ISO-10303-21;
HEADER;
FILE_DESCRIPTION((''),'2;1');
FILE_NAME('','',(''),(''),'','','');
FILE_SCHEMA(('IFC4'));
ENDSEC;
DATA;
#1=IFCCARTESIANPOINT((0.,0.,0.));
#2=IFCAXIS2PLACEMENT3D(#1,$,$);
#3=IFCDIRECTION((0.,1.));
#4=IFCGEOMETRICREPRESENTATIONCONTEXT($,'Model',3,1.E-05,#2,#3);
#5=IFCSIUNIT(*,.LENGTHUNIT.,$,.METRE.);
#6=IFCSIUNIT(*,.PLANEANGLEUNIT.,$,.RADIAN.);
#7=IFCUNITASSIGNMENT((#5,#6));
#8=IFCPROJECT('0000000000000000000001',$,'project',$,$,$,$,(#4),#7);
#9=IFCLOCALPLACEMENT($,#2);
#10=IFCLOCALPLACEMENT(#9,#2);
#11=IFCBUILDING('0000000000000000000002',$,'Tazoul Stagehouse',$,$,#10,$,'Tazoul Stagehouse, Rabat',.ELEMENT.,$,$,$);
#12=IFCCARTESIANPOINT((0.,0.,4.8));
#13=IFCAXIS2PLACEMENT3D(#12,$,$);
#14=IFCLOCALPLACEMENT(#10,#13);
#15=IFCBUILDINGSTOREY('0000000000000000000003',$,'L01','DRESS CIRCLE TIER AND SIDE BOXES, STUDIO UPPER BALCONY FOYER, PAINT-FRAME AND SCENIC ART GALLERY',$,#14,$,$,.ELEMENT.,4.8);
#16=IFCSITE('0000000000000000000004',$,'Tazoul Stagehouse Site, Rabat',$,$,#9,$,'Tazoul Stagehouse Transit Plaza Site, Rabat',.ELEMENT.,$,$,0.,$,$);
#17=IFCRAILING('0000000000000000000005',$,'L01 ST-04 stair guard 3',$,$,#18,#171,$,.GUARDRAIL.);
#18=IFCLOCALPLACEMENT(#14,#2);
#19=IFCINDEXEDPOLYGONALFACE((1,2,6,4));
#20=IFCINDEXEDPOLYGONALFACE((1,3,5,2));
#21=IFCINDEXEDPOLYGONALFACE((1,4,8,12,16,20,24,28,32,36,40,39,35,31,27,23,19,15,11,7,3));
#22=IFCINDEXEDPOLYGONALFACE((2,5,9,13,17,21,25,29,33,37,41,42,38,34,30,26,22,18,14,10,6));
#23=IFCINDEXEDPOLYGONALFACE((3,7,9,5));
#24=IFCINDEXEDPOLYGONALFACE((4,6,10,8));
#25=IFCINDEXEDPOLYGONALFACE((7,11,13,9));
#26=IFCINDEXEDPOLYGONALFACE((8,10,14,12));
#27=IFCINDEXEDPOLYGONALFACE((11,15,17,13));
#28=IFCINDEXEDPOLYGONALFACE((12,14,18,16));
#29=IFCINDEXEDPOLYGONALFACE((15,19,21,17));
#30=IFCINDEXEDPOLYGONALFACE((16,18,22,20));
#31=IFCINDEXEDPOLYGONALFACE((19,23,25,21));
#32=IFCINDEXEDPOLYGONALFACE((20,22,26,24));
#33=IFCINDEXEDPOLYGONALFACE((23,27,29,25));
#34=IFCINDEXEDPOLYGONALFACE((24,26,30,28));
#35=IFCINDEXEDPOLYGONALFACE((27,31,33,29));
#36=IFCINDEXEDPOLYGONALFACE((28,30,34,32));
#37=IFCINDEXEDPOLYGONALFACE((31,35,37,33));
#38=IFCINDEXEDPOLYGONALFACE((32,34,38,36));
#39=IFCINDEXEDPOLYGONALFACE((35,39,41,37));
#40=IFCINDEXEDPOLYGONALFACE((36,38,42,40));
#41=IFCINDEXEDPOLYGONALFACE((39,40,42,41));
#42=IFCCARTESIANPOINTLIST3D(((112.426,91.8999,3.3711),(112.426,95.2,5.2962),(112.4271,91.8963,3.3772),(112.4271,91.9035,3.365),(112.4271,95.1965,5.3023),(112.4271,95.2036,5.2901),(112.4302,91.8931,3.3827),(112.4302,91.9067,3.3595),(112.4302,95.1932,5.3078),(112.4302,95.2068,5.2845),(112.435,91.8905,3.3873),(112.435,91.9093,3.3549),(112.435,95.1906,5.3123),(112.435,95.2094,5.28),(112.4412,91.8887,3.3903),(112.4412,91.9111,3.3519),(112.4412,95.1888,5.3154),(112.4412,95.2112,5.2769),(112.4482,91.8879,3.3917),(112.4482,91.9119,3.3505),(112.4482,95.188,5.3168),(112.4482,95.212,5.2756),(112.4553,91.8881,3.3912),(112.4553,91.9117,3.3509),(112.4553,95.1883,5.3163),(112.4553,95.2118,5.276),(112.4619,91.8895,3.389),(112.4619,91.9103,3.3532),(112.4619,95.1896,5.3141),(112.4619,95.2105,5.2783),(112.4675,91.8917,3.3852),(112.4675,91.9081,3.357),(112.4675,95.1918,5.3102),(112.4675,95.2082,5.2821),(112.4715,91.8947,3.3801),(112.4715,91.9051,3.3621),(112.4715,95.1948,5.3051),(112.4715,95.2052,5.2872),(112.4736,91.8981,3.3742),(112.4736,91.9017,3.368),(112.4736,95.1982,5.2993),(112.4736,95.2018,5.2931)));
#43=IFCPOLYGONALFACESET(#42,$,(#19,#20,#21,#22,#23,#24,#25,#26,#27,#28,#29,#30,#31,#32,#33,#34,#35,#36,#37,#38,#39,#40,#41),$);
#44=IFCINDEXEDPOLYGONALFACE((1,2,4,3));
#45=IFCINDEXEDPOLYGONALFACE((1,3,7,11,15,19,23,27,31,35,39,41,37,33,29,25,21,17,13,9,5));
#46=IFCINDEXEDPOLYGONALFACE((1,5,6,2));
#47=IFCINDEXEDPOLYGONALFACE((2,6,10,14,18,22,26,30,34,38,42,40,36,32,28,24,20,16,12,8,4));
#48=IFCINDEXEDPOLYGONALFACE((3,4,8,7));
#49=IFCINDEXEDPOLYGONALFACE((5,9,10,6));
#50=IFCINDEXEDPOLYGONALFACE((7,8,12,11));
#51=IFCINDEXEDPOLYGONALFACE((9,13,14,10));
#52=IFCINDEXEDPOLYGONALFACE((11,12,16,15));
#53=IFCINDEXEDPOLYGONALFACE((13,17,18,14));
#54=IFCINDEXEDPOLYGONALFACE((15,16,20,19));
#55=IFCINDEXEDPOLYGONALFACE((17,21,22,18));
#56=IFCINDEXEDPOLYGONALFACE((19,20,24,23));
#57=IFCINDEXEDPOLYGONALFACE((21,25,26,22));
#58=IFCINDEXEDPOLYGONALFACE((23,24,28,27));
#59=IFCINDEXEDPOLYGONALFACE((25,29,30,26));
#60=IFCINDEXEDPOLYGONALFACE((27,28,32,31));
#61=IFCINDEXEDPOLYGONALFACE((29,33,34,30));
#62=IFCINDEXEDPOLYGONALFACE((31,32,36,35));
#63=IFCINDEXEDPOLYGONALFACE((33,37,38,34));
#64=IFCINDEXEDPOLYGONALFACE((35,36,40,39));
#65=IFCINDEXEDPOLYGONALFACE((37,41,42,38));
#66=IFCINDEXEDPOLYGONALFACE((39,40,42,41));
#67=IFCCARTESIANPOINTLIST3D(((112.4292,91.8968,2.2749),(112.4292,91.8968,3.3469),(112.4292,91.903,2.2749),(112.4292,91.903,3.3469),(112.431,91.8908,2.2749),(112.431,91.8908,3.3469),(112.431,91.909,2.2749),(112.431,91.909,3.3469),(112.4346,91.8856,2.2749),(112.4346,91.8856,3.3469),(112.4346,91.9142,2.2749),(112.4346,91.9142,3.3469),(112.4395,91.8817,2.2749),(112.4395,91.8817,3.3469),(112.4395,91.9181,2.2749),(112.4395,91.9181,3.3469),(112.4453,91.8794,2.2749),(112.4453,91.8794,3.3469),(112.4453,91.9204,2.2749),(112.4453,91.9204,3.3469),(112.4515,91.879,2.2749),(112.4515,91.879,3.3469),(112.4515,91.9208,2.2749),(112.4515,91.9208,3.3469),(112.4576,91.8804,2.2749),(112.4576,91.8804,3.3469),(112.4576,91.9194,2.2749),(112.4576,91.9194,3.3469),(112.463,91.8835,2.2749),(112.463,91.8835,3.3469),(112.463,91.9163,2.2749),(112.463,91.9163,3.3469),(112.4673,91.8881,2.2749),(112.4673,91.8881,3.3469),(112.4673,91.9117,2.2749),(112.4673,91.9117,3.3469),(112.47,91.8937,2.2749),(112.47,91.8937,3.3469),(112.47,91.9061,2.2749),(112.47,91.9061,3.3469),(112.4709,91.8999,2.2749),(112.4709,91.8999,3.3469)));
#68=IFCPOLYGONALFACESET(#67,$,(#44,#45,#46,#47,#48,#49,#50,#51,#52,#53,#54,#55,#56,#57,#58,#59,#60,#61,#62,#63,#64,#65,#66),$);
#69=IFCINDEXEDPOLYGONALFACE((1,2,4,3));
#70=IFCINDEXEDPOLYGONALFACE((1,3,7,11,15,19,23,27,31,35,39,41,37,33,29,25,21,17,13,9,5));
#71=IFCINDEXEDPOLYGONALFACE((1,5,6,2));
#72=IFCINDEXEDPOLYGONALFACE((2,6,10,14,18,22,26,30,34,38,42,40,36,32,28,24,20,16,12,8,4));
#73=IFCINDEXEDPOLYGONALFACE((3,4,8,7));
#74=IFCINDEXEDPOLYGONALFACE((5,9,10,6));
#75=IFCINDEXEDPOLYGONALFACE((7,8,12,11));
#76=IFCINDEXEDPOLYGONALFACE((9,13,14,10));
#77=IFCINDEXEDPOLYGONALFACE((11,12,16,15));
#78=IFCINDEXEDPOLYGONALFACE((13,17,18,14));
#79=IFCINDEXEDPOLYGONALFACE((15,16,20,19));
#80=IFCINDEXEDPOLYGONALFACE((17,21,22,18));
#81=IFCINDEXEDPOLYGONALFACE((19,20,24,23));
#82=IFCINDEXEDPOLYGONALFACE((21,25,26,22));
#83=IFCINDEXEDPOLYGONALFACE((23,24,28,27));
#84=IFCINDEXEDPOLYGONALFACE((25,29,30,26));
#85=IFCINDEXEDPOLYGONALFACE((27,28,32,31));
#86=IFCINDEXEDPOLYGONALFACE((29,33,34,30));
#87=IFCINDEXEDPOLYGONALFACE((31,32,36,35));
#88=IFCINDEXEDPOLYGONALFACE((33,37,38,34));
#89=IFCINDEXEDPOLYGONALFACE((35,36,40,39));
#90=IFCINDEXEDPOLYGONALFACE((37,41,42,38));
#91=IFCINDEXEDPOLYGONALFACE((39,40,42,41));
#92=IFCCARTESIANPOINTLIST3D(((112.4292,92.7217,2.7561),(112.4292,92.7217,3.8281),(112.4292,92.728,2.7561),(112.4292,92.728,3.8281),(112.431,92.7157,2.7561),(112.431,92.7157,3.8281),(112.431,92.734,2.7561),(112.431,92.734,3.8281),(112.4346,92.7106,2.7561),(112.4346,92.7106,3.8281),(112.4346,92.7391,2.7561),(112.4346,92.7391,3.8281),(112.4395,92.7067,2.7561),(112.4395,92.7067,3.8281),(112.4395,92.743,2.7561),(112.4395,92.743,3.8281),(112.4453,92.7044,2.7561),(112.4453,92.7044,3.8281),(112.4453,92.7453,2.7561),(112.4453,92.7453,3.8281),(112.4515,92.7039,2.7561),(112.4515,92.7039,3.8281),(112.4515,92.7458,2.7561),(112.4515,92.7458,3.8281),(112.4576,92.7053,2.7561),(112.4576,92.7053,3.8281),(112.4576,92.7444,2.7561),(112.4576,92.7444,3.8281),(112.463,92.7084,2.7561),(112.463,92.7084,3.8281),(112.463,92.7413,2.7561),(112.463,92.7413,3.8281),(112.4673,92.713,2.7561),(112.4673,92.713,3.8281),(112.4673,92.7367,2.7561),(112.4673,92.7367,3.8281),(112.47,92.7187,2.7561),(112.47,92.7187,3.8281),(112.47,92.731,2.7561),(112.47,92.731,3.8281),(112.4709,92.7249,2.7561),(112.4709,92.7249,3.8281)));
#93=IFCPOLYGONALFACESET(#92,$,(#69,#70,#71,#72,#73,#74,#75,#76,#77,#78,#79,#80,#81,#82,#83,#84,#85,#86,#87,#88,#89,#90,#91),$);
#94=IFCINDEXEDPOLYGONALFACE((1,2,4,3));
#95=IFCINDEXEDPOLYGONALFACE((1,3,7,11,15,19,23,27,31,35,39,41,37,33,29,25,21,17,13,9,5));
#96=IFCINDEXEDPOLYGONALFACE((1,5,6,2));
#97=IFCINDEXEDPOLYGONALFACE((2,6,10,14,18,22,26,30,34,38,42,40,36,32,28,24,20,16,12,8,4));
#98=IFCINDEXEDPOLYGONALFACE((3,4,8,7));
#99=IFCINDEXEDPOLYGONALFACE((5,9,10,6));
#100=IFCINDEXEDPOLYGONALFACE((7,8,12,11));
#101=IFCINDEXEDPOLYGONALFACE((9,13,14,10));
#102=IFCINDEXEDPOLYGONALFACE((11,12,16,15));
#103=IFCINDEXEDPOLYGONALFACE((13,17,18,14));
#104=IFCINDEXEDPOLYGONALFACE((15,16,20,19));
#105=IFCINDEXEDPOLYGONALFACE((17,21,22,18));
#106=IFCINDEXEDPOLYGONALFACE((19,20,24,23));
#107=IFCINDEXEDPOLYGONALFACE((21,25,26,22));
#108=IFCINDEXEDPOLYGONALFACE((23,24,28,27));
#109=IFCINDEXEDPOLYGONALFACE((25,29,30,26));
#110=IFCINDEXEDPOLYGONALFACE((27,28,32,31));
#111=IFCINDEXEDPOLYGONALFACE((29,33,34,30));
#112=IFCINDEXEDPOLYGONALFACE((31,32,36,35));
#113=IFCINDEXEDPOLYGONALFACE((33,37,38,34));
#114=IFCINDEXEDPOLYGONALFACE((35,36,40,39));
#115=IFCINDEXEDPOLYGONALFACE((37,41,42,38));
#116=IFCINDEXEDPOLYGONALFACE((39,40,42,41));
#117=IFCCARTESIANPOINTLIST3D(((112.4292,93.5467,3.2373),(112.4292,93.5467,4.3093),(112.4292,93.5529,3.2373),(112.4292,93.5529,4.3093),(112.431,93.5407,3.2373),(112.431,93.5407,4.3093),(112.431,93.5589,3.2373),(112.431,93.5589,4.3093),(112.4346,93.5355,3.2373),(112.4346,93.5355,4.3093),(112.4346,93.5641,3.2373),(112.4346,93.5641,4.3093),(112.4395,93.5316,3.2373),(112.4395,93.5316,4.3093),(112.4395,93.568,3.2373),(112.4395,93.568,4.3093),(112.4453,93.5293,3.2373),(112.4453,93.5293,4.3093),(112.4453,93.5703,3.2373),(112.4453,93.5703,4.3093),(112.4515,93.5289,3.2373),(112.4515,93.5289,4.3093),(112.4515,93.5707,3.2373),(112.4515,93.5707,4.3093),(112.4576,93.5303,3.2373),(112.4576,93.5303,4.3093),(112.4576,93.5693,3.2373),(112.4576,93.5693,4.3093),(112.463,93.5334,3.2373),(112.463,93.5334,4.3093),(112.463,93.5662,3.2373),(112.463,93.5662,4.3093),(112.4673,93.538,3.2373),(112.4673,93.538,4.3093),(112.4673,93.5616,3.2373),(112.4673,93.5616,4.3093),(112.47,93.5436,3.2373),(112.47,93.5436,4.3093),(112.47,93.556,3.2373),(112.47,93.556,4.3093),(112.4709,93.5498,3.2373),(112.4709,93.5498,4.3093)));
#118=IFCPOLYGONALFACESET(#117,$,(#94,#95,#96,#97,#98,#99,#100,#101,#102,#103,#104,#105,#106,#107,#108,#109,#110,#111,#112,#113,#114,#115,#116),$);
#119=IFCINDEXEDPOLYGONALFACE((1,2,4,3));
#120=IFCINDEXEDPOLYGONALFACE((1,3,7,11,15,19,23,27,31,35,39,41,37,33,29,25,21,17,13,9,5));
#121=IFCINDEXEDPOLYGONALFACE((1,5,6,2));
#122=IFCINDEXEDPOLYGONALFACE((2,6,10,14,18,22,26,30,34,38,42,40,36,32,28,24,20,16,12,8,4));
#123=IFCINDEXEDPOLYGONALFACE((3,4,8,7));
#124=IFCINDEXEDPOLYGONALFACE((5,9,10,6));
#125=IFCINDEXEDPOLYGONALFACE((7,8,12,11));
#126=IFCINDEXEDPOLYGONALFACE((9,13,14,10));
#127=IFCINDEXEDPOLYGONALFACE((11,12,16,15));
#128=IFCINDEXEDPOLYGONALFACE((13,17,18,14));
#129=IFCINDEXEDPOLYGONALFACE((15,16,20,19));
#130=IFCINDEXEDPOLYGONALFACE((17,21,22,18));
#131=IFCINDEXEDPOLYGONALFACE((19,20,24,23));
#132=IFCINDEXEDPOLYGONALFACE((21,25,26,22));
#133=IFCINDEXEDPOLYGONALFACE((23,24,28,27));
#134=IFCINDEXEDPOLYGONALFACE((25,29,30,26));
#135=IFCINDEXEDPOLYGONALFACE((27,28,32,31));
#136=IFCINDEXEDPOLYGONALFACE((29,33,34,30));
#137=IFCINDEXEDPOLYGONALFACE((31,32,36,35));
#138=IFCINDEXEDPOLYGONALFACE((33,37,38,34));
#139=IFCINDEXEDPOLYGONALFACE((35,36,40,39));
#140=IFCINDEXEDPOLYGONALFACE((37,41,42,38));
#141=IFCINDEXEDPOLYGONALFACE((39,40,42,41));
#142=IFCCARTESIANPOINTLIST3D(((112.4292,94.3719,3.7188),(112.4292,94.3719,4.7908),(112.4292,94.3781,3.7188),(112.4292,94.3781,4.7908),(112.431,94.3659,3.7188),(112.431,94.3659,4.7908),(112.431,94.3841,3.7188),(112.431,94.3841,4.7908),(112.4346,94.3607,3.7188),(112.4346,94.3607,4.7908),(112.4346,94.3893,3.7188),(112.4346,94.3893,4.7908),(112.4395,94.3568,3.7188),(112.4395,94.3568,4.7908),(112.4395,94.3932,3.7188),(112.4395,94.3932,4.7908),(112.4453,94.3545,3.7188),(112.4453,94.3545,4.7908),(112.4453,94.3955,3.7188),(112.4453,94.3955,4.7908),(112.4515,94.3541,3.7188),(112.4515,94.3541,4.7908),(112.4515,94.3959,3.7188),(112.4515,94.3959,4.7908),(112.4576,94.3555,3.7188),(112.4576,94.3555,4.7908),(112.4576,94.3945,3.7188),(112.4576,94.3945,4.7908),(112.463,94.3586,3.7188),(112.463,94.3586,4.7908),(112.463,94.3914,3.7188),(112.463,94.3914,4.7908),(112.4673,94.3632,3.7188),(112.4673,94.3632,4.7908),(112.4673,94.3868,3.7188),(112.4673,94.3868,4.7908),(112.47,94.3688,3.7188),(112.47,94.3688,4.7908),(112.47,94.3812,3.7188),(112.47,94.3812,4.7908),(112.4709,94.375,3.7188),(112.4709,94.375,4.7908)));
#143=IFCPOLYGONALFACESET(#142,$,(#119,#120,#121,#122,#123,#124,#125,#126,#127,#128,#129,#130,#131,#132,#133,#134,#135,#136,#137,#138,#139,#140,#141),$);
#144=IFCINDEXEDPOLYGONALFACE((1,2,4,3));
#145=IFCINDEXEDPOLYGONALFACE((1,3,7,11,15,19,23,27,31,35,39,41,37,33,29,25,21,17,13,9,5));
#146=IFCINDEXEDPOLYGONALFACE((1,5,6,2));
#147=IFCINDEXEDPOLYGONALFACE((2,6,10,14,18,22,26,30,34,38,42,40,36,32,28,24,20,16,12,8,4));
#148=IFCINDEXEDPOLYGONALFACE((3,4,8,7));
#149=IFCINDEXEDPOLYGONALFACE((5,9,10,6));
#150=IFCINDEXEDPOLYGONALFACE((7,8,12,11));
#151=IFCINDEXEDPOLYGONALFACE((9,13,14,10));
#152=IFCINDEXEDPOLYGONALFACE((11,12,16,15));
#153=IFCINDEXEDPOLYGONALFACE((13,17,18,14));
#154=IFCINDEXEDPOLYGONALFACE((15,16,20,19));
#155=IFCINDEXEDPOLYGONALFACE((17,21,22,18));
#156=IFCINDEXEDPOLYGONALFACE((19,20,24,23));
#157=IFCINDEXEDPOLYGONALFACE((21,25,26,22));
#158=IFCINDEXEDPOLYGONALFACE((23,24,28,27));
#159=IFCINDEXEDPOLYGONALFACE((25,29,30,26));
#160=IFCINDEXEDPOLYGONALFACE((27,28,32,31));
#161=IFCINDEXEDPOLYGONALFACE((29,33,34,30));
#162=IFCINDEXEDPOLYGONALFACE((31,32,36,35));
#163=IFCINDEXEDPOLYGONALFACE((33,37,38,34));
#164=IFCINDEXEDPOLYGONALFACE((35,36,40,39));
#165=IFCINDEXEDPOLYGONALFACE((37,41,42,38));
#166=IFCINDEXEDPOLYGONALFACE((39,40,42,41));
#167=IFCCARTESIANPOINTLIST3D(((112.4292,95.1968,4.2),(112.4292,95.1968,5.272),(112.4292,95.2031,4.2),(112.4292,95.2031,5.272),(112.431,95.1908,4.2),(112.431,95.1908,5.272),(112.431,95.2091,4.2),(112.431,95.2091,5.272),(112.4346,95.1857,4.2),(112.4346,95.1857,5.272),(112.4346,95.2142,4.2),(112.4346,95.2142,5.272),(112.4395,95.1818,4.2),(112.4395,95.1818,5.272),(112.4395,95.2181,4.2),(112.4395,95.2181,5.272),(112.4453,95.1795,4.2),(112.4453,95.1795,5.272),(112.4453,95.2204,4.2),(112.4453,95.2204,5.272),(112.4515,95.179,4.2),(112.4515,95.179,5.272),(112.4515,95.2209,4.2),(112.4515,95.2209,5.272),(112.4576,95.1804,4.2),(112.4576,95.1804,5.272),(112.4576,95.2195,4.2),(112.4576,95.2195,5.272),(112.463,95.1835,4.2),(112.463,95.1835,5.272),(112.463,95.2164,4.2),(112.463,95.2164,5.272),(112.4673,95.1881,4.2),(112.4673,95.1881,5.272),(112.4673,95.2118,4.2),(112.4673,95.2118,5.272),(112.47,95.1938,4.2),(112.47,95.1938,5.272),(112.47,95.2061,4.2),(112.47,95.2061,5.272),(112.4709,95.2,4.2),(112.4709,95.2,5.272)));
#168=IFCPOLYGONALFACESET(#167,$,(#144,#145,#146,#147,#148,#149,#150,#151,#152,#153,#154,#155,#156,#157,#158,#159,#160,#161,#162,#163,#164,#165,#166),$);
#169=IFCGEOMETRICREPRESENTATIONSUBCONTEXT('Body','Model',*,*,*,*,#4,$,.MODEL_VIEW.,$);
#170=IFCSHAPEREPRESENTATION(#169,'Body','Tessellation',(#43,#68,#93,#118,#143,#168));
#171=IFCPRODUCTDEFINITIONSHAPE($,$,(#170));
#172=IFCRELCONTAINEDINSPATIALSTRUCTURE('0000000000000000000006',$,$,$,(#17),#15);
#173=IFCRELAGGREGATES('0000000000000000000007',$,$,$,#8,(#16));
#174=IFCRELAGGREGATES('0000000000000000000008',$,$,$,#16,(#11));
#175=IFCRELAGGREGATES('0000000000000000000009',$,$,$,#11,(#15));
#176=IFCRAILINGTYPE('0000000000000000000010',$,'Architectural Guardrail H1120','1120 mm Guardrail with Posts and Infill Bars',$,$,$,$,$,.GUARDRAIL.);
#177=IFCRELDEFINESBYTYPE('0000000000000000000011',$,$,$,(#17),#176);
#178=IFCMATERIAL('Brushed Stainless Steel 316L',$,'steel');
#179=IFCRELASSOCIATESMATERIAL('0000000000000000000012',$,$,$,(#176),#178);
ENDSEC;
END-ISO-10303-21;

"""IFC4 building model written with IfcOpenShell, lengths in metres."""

from ifc_helpers import new_model, si_unit, direction, frame, origin, origin_2d, place, context, subcontext, project, spatial, circle, extrude, material, material_profile, profile_set, type_object, element, save


model = new_model("IFC4")

# Units and contexts
model_context = context("Model", 3, precision=1e-05, world=origin(), true_north=direction((0.0, 1.0)))
body_context = subcontext(model_context, "Body", "Model", "MODEL_VIEW")
ifc_project = project(units=[si_unit("LENGTHUNIT", "METRE"), si_unit("PLANEANGLEUNIT", "RADIAN")], contexts=[model_context])

# Site, building, storey
site_placement = place(None, origin())
site = spatial("IfcSite", under=ifc_project, at=site_placement, Name="Tazoul Stagehouse Site, Rabat", LongName="Tazoul Stagehouse Transit Plaza Site, Rabat", CompositionType="ELEMENT", RefElevation=0.0)
building_placement = place(site_placement, origin())
building = spatial("IfcBuilding", under=site, at=building_placement, Name="Tazoul Stagehouse", LongName="Tazoul Stagehouse, Rabat", CompositionType="ELEMENT")
storey_placement = place(building_placement, frame((0.0, 0.0, 4.8)))
storey = spatial("IfcBuildingStorey", under=building, at=storey_placement, Name="L01", Description="DRESS CIRCLE TIER AND SIDE BOXES, STUDIO UPPER BALCONY FOYER, PAINT-FRAME AND SCENIC ART GALLERY", CompositionType="ELEMENT", Elevation=4.8)

# Railing
ifc_material_1 = material(Name="Brushed Stainless Steel 316L", Category="steel")
ifc_material_profile_1 = material_profile(ifc_material_1, circle(Radius=0.0239, at=origin_2d()), Name="SS RAIL D48")
ifc_profile_set_1 = profile_set([ifc_material_profile_1], Name="Brushed Stainless Steel 316L")
railing_type_1 = type_object("IfcRailingType", Name="Architectural Guardrail H1120", Description="1120 mm Guardrail with Posts and Infill Bars", PredefinedType="GUARDRAIL", material=ifc_profile_set_1)
railing_1_placement = place(storey_placement, frame((112.45, 91.8999, 2.2749)))
element("IfcRailing", 1, at=railing_1_placement, inside=storey, type_object=railing_type_1, Name="L01 ST-04 stair guard 3", PredefinedType="GUARDRAIL", context=body_context, shape_type="SweptSolid", body=[
    extrude(circle(Radius=0.0239, at=origin_2d()), frame((0.0, 0.0, 1.0962), z_axis=(0.0, 0.863777, 0.503875), x_axis=(-1.0, 0.0, 0.0)), (0.0, 0.0, 1.0), 3.8206),
    extrude(circle(Radius=0.021, at=origin_2d()), origin(), (0.0, 0.0, 1.0), 1.072),
    extrude(circle(Radius=0.021, at=origin_2d()), frame((0.0, 0.825, 0.4812)), (0.0, 0.0, 1.0), 1.072),
    extrude(circle(Radius=0.021, at=origin_2d()), frame((0.0, 1.6499, 0.9624)), (0.0, 0.0, 1.0), 1.072),
    extrude(circle(Radius=0.021, at=origin_2d()), frame((0.0, 2.4751, 1.4438)), (0.0, 0.0, 1.0), 1.072),
    extrude(circle(Radius=0.021, at=origin_2d()), frame((0.0, 3.3, 1.925)), (0.0, 0.0, 1.0), 1.072),
])

save(model, "model.ifc")
